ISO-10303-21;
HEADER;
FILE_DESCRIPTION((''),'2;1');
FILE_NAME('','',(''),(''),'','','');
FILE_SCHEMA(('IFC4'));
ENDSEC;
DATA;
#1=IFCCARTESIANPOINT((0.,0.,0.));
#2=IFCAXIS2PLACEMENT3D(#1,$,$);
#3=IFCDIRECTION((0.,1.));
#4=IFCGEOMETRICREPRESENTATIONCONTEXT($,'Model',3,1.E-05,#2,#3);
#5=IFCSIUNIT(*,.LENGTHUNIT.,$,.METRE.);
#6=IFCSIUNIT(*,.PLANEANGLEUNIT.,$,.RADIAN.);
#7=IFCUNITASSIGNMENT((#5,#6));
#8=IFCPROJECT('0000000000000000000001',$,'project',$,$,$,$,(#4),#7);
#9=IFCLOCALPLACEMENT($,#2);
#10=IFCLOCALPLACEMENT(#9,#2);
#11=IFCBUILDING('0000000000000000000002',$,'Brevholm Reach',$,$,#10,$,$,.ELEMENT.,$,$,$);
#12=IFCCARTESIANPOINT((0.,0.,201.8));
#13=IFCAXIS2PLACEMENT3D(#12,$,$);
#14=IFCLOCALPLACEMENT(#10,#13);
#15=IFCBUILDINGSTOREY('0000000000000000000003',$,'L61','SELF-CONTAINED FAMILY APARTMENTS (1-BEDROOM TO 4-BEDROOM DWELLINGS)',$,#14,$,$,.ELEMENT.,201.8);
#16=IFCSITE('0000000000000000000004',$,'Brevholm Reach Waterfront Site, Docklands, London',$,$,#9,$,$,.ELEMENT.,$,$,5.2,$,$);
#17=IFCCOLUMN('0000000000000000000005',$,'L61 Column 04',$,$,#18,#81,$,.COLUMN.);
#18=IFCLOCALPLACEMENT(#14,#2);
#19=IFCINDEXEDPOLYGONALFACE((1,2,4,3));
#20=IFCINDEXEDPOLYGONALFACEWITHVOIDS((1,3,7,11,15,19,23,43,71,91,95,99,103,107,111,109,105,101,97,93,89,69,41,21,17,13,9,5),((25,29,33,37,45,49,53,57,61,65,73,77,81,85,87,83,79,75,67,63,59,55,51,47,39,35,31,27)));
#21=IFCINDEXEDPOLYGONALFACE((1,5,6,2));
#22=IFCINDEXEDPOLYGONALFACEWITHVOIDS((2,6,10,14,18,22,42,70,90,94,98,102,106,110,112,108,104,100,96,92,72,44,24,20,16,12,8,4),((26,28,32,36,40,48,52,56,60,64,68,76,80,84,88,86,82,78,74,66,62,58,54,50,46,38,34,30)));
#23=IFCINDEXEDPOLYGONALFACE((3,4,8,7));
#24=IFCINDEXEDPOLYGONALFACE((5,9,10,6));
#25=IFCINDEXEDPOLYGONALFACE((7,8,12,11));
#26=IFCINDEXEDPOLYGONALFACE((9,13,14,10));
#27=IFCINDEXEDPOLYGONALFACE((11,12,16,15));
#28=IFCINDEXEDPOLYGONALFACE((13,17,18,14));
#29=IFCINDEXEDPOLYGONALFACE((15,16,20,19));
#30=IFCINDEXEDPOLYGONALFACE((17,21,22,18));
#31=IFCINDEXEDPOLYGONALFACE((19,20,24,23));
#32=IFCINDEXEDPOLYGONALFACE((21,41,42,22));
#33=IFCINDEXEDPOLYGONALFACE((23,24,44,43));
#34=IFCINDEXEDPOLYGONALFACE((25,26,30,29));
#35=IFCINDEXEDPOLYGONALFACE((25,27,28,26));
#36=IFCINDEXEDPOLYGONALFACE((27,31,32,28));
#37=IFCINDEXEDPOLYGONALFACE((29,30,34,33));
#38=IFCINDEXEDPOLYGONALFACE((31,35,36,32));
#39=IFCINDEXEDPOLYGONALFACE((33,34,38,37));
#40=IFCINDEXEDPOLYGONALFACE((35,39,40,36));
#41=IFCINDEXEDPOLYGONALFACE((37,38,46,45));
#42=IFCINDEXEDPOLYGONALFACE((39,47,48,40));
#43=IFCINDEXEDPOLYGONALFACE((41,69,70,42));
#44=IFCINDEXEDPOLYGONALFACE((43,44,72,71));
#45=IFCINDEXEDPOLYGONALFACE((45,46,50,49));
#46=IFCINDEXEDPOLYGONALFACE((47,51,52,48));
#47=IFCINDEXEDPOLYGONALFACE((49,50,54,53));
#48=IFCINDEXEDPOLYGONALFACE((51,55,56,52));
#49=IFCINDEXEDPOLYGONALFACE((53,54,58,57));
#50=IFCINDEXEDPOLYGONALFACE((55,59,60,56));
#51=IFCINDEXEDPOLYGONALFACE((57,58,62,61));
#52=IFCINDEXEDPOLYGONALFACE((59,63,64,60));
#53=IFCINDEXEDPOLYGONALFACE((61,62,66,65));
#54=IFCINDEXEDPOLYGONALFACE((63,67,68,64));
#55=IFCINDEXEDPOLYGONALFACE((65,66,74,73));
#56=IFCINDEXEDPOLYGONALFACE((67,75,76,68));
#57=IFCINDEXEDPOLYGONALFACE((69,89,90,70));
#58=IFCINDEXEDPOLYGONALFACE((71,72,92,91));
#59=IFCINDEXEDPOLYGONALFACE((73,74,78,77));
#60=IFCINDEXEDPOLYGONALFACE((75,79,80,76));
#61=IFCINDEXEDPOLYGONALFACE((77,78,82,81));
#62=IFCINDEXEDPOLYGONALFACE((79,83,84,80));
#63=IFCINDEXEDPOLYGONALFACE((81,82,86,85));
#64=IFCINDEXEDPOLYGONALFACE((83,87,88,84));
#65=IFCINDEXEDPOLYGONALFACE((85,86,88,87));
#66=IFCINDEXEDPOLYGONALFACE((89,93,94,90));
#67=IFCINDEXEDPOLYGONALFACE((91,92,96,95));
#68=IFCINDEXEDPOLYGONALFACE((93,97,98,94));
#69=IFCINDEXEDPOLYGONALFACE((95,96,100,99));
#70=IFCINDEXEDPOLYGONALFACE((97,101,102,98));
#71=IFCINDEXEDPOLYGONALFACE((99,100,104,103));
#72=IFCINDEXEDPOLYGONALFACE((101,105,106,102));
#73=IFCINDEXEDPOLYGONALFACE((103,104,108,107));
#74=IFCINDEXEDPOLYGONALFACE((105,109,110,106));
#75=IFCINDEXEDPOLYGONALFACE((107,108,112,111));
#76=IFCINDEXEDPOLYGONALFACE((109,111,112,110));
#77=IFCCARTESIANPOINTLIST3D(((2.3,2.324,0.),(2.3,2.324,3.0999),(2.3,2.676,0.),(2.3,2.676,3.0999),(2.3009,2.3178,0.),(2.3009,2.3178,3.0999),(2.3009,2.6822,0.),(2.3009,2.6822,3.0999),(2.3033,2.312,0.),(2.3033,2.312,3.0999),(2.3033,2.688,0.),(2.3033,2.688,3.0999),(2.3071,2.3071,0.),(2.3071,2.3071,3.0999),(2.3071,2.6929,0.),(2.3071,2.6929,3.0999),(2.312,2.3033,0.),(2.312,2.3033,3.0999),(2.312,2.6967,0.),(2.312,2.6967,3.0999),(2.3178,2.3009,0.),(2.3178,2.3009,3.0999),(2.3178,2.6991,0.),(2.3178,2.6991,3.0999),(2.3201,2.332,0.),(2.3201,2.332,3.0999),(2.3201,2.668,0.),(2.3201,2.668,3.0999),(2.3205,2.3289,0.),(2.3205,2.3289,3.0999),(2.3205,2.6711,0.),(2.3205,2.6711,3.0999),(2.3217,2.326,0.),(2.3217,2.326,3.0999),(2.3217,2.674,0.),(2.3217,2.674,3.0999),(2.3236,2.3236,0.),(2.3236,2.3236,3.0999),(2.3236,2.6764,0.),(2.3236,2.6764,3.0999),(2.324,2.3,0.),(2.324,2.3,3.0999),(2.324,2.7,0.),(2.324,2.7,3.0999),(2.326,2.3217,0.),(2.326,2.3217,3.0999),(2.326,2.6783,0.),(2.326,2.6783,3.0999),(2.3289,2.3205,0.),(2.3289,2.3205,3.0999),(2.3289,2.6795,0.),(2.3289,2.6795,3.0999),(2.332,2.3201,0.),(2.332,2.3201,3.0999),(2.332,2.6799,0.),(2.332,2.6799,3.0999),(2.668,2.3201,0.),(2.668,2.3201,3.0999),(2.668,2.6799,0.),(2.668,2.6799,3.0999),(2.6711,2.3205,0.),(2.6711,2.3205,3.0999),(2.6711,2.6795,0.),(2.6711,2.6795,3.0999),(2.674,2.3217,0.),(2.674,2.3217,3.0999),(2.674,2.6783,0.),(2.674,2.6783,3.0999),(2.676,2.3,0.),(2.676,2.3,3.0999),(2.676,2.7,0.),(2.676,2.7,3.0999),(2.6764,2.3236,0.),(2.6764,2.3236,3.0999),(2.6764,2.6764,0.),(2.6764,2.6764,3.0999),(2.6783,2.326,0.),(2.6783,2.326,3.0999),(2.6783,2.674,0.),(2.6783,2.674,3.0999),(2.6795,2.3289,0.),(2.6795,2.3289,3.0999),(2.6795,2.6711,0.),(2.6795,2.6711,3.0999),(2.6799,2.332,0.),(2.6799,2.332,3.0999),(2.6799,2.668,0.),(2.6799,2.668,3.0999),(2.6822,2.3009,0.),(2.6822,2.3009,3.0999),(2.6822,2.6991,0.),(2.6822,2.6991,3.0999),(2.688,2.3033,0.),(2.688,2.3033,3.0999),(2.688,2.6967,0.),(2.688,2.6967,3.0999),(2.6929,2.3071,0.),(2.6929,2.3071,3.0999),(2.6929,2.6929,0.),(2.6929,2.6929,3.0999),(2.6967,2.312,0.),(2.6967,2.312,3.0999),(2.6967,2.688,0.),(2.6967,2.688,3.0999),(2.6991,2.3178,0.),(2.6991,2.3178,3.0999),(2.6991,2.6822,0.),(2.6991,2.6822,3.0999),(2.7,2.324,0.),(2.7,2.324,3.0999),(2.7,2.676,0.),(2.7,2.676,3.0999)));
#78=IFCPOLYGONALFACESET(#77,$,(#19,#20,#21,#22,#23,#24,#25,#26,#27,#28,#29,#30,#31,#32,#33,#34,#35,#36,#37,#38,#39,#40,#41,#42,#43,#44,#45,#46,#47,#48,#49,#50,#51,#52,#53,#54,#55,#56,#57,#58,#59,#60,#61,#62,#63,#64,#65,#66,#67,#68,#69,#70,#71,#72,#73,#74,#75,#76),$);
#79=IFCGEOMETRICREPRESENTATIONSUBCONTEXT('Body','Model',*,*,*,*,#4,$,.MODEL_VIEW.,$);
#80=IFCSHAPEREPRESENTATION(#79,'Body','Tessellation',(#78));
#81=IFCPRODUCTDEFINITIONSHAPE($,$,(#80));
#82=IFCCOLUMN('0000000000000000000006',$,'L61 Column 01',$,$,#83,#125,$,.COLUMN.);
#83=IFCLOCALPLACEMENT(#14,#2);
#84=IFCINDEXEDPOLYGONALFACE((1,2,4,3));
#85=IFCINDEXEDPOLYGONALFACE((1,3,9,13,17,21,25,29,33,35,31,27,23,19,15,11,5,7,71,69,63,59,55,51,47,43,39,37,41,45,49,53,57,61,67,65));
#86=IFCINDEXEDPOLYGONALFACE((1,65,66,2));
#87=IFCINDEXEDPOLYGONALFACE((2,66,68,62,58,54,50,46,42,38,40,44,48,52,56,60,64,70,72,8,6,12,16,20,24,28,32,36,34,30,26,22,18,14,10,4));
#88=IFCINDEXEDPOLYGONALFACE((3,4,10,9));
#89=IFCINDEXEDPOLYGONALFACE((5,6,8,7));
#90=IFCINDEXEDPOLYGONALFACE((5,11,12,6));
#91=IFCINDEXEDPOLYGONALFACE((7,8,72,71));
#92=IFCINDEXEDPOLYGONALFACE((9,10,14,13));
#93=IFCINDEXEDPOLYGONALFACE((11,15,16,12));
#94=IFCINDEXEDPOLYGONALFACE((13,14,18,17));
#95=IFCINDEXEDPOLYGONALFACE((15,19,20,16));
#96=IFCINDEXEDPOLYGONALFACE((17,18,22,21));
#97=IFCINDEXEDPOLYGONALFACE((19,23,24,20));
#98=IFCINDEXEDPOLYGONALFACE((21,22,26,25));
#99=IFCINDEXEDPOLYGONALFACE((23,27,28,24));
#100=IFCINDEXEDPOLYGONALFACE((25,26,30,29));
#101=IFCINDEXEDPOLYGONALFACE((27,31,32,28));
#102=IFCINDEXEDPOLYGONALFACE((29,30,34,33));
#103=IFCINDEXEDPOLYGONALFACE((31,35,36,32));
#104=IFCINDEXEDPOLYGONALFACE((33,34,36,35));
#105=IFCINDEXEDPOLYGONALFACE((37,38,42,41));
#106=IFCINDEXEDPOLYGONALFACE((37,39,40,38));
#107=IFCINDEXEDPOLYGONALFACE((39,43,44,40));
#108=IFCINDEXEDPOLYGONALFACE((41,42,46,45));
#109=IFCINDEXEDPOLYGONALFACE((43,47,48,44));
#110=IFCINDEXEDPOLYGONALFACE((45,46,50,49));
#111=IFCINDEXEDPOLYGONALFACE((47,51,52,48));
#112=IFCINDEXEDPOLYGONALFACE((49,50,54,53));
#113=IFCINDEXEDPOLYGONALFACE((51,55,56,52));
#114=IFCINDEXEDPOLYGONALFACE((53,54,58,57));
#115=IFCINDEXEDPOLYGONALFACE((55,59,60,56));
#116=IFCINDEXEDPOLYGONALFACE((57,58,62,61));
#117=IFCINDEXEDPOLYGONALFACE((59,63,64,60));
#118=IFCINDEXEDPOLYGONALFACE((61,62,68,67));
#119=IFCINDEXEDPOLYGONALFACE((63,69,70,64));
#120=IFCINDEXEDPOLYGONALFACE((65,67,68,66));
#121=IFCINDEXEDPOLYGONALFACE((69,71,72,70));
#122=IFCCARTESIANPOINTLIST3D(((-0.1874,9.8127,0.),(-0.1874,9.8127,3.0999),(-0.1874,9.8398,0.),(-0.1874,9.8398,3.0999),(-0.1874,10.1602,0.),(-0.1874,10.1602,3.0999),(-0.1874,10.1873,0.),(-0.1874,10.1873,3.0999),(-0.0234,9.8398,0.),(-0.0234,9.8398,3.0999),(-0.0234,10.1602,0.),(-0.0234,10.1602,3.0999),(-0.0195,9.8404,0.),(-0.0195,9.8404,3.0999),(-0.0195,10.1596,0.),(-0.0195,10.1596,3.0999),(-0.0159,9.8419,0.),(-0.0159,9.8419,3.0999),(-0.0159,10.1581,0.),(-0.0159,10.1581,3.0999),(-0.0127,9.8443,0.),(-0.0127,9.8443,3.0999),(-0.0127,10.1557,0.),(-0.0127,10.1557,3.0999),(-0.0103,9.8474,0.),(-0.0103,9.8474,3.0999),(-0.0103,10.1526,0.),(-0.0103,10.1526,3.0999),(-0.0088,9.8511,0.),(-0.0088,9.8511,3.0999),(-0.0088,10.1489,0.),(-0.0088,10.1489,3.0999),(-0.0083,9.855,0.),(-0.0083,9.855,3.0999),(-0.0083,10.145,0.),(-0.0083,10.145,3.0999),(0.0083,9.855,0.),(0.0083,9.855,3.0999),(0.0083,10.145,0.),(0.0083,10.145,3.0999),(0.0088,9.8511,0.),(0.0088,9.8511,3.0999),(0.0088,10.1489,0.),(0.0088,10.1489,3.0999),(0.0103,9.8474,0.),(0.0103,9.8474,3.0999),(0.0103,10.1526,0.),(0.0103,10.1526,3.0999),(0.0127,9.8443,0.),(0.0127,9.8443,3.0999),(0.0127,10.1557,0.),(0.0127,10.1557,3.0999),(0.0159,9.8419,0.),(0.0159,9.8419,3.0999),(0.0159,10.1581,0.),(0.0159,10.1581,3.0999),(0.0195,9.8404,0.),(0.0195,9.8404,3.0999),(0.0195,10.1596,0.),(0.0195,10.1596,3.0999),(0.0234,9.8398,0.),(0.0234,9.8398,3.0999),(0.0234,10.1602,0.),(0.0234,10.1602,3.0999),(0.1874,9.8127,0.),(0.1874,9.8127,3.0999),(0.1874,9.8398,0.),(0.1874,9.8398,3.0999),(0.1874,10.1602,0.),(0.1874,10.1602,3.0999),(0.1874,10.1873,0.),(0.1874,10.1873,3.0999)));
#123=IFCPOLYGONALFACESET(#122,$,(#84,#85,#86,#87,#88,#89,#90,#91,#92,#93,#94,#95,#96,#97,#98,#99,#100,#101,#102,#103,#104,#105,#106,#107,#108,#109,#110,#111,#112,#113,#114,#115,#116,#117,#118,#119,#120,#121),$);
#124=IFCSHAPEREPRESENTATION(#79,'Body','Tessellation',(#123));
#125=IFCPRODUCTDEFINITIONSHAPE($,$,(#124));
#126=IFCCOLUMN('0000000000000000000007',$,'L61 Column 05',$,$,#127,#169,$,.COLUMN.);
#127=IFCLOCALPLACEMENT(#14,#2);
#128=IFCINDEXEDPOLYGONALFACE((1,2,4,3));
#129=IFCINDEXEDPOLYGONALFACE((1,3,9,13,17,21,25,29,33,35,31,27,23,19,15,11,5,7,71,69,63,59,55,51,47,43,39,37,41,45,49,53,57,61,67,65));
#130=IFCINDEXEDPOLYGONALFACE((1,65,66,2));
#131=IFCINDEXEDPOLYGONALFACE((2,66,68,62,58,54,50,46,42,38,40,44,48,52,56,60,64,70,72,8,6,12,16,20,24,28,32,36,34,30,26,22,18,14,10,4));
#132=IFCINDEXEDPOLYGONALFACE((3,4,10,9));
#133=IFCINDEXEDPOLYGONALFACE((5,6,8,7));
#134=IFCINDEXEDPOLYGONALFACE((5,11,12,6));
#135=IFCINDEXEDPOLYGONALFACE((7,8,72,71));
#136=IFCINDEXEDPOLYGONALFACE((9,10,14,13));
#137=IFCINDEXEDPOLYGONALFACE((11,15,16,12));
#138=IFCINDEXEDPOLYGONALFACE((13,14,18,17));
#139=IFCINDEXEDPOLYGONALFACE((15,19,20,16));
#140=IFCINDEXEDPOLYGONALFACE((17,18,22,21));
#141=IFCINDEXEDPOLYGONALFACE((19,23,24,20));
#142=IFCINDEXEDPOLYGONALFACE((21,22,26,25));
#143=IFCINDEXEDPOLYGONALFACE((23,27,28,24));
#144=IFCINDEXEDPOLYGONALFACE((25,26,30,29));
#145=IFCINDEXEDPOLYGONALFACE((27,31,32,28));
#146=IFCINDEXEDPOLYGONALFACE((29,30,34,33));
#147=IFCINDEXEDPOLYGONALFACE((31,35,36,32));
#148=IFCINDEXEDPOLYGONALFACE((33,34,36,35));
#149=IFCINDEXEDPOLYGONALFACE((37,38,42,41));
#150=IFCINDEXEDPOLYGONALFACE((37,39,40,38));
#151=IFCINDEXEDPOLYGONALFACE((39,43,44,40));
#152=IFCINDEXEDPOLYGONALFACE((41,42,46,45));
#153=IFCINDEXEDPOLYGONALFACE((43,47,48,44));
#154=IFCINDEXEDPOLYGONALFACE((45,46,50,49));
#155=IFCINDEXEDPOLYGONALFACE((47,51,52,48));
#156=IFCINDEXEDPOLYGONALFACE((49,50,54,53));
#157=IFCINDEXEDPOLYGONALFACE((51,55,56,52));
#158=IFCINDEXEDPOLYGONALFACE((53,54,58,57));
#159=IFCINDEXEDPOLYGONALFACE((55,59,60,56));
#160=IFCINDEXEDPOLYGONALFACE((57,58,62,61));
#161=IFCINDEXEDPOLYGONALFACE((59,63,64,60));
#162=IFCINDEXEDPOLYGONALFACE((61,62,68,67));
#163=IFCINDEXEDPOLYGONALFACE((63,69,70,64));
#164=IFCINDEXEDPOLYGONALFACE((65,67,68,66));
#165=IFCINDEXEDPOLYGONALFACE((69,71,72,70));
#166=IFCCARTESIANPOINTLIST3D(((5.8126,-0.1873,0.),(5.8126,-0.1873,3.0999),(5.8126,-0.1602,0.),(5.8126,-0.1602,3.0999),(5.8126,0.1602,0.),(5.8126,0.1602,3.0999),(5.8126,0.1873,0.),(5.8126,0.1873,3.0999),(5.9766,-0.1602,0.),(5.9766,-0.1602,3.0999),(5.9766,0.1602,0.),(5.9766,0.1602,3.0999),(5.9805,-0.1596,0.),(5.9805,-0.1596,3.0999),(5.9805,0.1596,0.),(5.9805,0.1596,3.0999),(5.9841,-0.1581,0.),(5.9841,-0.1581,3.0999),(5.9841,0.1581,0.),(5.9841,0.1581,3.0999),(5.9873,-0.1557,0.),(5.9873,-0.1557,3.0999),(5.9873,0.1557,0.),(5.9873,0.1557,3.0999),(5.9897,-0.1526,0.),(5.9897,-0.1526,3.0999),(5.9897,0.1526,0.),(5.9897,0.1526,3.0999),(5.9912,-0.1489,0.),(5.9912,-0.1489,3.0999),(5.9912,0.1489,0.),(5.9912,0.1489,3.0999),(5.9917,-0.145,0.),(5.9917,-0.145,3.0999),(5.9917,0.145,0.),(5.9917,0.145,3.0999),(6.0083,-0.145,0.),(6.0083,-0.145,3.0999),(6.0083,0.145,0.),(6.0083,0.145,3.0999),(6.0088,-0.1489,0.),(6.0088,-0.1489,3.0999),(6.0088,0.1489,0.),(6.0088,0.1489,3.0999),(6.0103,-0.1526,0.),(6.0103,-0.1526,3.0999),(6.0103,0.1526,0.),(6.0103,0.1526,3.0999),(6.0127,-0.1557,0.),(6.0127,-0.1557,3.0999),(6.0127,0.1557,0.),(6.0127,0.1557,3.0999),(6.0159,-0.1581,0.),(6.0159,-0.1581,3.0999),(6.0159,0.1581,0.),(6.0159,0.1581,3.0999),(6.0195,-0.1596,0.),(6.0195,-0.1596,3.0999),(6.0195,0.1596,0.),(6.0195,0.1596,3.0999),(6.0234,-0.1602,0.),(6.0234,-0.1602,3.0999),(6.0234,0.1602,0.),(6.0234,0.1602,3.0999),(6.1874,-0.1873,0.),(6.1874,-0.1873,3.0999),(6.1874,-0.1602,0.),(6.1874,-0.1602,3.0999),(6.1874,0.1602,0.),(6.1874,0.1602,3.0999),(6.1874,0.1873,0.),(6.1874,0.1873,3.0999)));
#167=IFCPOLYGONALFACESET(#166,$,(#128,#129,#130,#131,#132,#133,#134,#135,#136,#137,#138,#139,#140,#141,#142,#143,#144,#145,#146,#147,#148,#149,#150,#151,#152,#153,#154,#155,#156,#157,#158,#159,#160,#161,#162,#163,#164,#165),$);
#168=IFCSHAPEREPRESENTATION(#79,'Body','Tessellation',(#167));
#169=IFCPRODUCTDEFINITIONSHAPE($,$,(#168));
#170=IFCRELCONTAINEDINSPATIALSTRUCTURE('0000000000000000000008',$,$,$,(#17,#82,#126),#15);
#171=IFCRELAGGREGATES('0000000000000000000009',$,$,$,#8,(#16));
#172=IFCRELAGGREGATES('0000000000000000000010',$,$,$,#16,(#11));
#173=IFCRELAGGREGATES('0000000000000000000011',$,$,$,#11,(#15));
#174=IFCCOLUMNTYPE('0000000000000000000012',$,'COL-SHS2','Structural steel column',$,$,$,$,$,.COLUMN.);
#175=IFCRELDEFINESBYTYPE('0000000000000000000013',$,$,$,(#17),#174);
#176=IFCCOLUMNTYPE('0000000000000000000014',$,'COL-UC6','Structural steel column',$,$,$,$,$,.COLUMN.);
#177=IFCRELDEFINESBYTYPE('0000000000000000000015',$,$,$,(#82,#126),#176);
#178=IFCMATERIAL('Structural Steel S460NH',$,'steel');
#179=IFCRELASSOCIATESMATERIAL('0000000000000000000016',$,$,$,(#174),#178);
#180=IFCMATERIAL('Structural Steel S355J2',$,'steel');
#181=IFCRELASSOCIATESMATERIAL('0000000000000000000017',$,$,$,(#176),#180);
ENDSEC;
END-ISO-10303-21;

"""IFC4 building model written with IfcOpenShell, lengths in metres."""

from ifc_helpers import new_model, si_unit, direction, frame, origin, origin_2d, place, context, subcontext, project, spatial, hollow_rectangle, i_section, extrude, material, material_profile, profile_set, type_object, element, save


model = new_model("IFC4")

# Units and contexts
model_context = context("Model", 3, precision=1e-05, world=origin(), true_north=direction((0.0, 1.0)))
body_context = subcontext(model_context, "Body", "Model", "MODEL_VIEW")
ifc_project = project(units=[si_unit("LENGTHUNIT", "METRE"), si_unit("PLANEANGLEUNIT", "RADIAN")], contexts=[model_context])

# Site, building, storey
site_placement = place(None, origin())
site = spatial("IfcSite", under=ifc_project, at=site_placement, Name="Brevholm Reach Waterfront Site, Docklands, London", CompositionType="ELEMENT", RefElevation=5.2)
building_placement = place(site_placement, origin())
building = spatial("IfcBuilding", under=site, at=building_placement, Name="Brevholm Reach", CompositionType="ELEMENT")
storey_placement = place(building_placement, frame((0.0, 0.0, 201.8)))
storey = spatial("IfcBuildingStorey", under=building, at=storey_placement, Name="L61", Description="SELF-CONTAINED FAMILY APARTMENTS (1-BEDROOM TO 4-BEDROOM DWELLINGS)", CompositionType="ELEMENT", Elevation=201.8)

# Columns
ifc_material_1 = material(Name="Structural Steel S460NH", Category="steel")
ifc_material_profile_1 = material_profile(ifc_material_1, hollow_rectangle(XDim=0.3999, YDim=0.3999, WallThickness=0.02, InnerFilletRadius=0.012, OuterFilletRadius=0.0239, at=origin_2d()), Name="SHS 400x400x20")
ifc_profile_set_1 = profile_set([ifc_material_profile_1], Name="Structural Steel S460NH")
column_type_1 = type_object("IfcColumnType", Name="COL-SHS2", Description="Structural steel column", PredefinedType="COLUMN", material=ifc_profile_set_1)
column_placement = place(storey_placement, frame((2.5, 2.5, 0.0), z_axis=(0.0, 0.0, 1.0), x_axis=(1.0, 0.0, 0.0)))
element("IfcColumn", 1, at=column_placement, inside=storey, type_object=column_type_1, Name="L61 Column 04", PredefinedType="COLUMN", context=body_context, shape_type="SweptSolid", body=[
    extrude(hollow_rectangle(XDim=0.3999, YDim=0.3999, WallThickness=0.02, InnerFilletRadius=0.012, OuterFilletRadius=0.0239, at=origin_2d()), origin(), (0.0, 0.0, 1.0), 3.0999),
])
ifc_material_2 = material(Name="Structural Steel S355J2", Category="steel")
ifc_material_profile_2 = material_profile(ifc_material_2, i_section(OverallWidth=0.3748, OverallDepth=0.3745, WebThickness=0.0166, FlangeThickness=0.0271, FilletRadius=0.0151, at=origin_2d()), Name="UKC 356x368x202")
ifc_profile_set_2 = profile_set([ifc_material_profile_2], Name="Structural Steel S355J2")
column_type_2 = type_object("IfcColumnType", Name="COL-UC6", Description="Structural steel column", PredefinedType="COLUMN", material=ifc_profile_set_2)
for number, where, z_axis, x_axis, name in (
    (2, (0.0, 10.0, 0.0), (0.0, 0.0, 1.0), (1.0, 0.0, 0.0), "L61 Column 01"),
    (3, (6.0, 0.0, 0.0), (0.0, 0.0, 1.0), (1.0, 0.0, 0.0), "L61 Column 05"),
):
    element("IfcColumn", number, at=place(storey_placement, frame(where, z_axis=z_axis, x_axis=x_axis)), inside=storey, type_object=column_type_2, Name=name, PredefinedType="COLUMN", context=body_context, shape_type="SweptSolid", body=[
        extrude(i_section(OverallWidth=0.3748, OverallDepth=0.3745, WebThickness=0.0166, FlangeThickness=0.0271, FilletRadius=0.0151, at=origin_2d()), origin(), (0.0, 0.0, 1.0), 3.0999),
    ])

save(model, "model.ifc")
